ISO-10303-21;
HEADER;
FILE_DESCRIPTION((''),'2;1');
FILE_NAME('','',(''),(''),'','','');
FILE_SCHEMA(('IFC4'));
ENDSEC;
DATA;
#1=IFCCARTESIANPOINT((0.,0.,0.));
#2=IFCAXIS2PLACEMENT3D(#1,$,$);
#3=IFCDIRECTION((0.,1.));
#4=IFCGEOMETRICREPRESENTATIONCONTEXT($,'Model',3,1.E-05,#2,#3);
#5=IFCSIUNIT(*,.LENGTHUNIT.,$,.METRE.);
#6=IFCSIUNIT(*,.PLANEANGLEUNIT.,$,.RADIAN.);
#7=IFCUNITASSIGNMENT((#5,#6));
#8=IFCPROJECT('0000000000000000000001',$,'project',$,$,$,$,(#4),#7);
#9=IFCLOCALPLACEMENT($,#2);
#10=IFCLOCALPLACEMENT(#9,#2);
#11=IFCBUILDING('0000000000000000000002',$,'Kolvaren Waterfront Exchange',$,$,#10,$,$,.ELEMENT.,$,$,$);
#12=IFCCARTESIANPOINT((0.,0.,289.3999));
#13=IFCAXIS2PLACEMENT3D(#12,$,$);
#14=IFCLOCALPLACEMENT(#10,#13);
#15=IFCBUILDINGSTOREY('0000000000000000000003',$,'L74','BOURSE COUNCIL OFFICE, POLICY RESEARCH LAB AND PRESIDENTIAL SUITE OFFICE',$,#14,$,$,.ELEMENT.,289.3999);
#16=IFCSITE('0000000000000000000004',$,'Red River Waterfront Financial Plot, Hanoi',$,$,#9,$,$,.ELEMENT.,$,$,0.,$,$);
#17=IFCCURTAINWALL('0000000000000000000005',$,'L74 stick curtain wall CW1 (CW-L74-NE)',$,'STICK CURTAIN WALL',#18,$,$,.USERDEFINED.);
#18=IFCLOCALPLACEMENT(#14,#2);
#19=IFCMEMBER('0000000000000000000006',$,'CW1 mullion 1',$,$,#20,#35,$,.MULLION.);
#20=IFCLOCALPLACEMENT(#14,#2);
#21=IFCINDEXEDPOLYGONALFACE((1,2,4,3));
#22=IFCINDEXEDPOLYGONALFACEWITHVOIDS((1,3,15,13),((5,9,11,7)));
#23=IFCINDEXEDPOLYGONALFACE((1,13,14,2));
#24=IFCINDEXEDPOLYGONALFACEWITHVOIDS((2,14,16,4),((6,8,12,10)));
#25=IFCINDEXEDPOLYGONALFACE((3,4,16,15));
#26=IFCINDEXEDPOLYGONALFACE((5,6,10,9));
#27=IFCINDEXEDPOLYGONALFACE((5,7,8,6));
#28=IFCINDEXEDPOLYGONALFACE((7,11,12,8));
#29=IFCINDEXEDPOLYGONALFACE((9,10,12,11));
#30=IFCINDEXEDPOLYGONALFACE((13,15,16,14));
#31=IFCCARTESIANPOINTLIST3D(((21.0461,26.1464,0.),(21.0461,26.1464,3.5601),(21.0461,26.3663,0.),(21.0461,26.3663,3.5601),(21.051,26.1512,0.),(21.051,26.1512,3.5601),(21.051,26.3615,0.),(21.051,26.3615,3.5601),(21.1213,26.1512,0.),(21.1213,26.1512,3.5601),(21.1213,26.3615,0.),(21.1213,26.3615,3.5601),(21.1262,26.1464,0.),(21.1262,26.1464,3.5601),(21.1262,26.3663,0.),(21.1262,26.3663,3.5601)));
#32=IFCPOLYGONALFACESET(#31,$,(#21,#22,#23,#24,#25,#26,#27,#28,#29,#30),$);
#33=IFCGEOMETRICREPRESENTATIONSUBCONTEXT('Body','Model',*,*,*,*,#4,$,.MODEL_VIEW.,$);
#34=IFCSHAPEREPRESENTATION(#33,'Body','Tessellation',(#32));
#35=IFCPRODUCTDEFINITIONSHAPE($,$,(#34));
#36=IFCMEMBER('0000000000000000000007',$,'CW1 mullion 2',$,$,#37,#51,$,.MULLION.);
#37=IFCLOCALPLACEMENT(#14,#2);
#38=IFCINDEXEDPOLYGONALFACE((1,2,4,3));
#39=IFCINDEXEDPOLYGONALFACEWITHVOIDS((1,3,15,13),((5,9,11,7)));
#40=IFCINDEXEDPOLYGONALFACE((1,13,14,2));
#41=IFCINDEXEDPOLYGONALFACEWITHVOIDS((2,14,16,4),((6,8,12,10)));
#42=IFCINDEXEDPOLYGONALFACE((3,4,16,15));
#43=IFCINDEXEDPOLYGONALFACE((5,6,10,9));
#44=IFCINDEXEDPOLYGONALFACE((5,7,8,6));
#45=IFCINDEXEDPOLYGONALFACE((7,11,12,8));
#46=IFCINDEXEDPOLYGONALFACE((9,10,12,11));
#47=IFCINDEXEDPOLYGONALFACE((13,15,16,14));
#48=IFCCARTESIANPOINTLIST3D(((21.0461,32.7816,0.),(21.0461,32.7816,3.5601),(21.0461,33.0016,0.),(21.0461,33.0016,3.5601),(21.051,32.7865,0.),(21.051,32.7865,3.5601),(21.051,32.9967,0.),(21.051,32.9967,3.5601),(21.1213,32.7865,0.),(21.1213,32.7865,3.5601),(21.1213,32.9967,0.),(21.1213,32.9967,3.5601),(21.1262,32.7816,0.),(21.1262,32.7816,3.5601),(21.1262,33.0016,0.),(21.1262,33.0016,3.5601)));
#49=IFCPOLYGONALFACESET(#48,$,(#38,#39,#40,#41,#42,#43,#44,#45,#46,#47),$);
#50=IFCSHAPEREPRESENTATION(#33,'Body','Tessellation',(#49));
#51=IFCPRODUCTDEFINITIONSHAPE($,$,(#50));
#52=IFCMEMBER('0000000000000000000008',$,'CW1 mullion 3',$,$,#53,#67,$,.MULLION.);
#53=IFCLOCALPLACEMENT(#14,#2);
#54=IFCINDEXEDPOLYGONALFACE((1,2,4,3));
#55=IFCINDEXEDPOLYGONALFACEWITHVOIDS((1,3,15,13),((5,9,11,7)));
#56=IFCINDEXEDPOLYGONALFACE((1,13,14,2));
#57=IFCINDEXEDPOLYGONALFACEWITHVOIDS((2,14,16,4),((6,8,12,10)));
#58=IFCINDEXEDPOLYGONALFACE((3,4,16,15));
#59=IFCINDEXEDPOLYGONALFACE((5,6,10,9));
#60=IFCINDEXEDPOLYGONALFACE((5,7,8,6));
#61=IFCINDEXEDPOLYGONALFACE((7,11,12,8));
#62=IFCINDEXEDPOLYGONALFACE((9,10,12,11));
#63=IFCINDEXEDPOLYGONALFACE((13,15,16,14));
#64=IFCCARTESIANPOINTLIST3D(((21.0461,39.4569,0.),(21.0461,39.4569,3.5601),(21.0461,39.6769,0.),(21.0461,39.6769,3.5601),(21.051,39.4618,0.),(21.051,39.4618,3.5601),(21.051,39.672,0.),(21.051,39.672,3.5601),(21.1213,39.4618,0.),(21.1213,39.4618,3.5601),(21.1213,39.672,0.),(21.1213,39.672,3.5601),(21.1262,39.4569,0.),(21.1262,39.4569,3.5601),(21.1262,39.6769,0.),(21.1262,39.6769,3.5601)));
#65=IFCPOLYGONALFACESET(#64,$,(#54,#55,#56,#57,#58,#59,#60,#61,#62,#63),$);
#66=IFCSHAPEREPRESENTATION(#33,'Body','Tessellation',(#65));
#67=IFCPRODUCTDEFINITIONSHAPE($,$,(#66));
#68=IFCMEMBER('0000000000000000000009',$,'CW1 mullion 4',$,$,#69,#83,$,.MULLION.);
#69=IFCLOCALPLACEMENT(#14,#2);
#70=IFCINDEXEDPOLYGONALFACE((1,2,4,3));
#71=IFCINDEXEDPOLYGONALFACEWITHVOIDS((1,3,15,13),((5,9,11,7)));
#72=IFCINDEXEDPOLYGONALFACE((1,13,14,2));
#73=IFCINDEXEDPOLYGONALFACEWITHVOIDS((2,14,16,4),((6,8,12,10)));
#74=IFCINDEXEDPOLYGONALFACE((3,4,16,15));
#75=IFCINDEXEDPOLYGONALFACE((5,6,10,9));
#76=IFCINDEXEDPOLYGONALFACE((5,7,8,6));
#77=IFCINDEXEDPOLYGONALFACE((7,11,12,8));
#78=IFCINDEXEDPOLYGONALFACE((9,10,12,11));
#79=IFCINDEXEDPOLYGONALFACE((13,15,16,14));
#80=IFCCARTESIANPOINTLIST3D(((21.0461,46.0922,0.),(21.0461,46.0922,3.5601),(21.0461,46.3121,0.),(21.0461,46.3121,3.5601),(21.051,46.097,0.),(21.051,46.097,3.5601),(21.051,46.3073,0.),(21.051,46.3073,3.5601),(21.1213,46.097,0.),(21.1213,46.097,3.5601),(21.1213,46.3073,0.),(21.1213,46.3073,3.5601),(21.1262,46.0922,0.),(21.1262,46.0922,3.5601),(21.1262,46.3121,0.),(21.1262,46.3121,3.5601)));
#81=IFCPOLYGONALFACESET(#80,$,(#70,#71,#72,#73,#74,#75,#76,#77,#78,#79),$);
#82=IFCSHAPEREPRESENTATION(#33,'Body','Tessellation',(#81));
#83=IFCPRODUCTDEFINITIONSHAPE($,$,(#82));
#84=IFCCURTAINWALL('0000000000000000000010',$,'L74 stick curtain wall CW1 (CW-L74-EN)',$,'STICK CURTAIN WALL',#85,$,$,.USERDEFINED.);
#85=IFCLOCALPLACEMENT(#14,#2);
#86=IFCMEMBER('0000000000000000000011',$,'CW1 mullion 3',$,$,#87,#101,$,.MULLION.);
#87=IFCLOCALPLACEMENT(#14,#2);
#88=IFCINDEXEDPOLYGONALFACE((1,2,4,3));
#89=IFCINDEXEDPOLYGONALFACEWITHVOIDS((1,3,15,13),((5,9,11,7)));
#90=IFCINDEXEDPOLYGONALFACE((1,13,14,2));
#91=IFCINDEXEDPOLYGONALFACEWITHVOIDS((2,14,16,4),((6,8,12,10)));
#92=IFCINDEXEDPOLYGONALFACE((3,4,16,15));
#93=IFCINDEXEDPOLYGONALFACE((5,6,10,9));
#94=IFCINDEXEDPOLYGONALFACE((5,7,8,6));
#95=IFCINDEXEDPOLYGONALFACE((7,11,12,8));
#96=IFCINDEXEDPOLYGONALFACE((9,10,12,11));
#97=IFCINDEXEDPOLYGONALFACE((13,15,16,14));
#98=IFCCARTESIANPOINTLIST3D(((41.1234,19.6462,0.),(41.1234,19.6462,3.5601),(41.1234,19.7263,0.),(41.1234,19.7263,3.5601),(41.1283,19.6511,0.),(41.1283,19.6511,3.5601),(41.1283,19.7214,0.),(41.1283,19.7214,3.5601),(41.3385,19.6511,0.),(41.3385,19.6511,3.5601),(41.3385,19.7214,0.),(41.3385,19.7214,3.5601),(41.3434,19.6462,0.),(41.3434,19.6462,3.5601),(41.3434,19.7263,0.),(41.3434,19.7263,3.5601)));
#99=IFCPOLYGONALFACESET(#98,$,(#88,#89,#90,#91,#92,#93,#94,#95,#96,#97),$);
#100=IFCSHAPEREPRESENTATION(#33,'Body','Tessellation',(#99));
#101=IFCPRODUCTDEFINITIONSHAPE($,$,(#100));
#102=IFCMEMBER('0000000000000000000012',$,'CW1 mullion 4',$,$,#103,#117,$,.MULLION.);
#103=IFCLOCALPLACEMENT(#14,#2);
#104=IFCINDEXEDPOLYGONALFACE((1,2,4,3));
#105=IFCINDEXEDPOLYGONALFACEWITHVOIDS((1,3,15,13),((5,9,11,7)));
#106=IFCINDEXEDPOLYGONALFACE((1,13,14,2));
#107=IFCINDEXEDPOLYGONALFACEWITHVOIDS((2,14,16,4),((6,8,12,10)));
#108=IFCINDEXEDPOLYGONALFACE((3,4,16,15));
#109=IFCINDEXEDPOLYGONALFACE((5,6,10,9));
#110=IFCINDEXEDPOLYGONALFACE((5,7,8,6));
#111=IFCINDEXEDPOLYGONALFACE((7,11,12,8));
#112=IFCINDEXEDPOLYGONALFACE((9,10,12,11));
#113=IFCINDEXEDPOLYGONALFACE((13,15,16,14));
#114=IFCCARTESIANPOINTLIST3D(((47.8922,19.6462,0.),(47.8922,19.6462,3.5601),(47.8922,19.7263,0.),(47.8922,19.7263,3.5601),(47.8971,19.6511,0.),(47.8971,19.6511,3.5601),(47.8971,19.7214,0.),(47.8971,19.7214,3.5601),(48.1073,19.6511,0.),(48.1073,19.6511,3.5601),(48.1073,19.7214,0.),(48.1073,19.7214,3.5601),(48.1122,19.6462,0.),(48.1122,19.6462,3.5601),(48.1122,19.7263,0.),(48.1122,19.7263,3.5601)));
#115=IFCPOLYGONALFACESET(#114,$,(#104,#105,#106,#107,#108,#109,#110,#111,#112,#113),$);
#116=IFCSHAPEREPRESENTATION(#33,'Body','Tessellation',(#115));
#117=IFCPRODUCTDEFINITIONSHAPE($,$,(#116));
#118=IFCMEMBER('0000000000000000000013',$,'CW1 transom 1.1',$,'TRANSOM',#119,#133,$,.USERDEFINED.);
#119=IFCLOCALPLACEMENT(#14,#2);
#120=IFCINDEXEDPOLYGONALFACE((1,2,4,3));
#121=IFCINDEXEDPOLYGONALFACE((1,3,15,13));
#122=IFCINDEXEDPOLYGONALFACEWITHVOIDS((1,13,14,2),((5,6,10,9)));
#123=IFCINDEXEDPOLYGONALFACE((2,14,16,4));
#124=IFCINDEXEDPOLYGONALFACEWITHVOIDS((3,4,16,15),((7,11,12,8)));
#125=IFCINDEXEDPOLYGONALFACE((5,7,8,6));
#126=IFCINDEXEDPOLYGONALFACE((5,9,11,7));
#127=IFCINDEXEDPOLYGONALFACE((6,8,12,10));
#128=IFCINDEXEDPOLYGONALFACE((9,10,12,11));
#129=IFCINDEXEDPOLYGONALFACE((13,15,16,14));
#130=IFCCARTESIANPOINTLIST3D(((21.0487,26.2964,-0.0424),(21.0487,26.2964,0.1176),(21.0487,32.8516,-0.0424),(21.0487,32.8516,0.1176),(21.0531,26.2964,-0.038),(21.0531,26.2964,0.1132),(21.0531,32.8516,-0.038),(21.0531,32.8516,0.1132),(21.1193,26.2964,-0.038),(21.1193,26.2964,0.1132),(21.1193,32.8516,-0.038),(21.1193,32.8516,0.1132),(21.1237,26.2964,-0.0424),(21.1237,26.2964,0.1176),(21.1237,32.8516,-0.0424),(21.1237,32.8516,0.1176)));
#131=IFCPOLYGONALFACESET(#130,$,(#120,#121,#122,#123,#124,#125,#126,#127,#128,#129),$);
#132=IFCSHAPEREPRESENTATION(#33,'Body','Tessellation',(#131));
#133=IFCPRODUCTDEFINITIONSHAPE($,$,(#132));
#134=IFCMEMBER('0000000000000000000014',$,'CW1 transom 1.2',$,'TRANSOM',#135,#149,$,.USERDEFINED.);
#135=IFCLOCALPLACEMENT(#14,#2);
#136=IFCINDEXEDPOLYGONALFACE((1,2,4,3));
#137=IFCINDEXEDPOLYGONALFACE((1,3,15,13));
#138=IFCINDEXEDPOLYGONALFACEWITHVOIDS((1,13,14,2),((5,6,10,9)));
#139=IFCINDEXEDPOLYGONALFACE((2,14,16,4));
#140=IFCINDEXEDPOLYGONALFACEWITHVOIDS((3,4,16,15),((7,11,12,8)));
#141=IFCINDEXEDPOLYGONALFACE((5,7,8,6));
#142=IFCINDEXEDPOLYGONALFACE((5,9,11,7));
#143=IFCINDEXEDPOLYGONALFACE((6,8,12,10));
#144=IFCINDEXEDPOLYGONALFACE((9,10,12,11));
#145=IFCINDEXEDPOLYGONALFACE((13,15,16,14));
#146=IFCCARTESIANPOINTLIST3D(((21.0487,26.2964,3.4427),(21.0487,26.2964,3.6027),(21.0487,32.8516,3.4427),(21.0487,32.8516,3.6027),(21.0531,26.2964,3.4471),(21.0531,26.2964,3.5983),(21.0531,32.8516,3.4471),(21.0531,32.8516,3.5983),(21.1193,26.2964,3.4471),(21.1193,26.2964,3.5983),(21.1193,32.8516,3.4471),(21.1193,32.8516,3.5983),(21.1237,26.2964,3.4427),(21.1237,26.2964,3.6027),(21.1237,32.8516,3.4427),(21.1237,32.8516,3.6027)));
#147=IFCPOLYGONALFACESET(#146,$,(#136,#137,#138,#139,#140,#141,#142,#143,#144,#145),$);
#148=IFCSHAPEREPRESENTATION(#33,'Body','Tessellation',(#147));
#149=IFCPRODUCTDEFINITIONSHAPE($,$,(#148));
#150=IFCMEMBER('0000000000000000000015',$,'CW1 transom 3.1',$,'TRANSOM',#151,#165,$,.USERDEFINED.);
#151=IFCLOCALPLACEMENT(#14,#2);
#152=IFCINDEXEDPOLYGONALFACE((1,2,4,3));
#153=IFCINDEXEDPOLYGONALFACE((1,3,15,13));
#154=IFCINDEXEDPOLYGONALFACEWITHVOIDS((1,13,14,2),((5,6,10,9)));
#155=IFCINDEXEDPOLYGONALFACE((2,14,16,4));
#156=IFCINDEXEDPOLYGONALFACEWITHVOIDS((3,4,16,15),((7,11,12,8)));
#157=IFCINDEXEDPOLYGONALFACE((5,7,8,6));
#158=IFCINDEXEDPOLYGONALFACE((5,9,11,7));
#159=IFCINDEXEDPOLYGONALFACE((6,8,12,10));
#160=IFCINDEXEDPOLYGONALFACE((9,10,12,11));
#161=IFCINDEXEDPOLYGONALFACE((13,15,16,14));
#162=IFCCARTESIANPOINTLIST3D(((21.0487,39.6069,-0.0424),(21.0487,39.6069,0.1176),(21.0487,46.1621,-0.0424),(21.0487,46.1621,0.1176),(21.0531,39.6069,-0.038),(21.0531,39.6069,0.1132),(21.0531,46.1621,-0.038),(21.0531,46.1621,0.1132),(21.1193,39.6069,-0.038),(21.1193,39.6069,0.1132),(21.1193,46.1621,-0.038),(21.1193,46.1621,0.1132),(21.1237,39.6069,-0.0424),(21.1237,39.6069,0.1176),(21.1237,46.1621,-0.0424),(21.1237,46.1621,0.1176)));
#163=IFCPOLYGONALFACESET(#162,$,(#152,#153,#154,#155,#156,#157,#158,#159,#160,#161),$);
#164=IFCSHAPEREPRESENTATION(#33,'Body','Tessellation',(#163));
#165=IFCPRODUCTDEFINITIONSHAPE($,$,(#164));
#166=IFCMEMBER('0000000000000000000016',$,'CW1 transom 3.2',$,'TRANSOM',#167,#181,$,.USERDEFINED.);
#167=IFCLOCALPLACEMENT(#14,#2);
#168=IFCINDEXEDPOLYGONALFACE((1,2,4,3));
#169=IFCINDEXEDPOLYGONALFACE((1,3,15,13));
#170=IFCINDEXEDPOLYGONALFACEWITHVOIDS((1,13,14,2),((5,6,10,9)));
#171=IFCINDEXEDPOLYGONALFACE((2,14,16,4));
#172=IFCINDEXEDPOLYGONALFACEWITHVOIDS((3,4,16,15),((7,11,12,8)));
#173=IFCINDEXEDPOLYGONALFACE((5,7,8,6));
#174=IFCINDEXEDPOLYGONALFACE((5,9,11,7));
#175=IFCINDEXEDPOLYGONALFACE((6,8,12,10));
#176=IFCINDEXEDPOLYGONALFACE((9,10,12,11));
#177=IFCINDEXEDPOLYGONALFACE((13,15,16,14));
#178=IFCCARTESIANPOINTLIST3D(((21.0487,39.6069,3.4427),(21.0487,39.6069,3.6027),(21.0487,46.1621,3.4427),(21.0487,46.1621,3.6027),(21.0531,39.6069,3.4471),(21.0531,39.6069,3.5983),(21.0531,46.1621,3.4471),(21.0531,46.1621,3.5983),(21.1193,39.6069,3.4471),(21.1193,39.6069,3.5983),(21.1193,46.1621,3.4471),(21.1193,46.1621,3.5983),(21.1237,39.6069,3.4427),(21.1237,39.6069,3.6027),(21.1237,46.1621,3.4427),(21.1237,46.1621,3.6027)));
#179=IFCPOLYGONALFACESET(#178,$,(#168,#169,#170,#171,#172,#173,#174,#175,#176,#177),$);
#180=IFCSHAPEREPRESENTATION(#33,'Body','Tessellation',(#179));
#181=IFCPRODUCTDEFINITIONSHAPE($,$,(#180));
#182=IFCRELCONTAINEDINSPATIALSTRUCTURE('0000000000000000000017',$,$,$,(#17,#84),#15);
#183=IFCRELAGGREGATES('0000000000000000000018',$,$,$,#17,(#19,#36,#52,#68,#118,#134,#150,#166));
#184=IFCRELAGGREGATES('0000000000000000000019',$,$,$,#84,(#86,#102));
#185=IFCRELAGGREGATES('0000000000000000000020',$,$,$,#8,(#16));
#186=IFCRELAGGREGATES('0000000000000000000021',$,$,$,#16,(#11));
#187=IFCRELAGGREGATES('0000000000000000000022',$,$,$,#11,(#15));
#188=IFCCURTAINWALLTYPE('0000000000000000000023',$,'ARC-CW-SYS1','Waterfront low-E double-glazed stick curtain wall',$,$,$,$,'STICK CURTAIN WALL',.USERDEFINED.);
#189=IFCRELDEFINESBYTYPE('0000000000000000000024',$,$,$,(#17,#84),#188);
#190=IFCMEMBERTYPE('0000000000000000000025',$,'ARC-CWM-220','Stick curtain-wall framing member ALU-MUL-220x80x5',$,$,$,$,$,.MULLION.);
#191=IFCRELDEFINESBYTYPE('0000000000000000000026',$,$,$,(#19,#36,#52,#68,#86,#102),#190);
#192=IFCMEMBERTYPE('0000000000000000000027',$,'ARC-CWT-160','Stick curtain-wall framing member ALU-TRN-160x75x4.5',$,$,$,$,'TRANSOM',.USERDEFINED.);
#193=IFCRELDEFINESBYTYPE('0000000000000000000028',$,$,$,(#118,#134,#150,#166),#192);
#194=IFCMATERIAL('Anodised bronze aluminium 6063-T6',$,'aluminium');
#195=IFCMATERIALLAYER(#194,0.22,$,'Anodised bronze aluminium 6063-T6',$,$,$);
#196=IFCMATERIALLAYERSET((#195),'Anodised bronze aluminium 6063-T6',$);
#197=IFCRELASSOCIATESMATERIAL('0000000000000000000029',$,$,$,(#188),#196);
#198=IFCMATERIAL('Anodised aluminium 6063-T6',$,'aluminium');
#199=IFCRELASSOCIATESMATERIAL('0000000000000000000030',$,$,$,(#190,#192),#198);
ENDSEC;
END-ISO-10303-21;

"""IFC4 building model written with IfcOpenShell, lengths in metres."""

from ifc_helpers import new_model, si_unit, direction, frame, origin, origin_with_axes, origin_2d, place, context, subcontext, project, spatial, hollow_rectangle, extrude, source, transform, mapped, material, layer, layer_set, material_profile, profile_set, type_object, element, aggregate, save


model = new_model("IFC4")

# Units and contexts
model_context = context("Model", 3, precision=1e-05, world=origin(), true_north=direction((0.0, 1.0)))
body_context = subcontext(model_context, "Body", "Model", "MODEL_VIEW")
ifc_project = project(units=[si_unit("LENGTHUNIT", "METRE"), si_unit("PLANEANGLEUNIT", "RADIAN")], contexts=[model_context])

# Site, building, storey
site_placement = place(None, origin())
site = spatial("IfcSite", under=ifc_project, at=site_placement, Name="Red River Waterfront Financial Plot, Hanoi", CompositionType="ELEMENT", RefElevation=0.0)
building_placement = place(site_placement, origin())
building = spatial("IfcBuilding", under=site, at=building_placement, Name="Kolvaren Waterfront Exchange", CompositionType="ELEMENT")
storey_placement = place(building_placement, frame((0.0, 0.0, 289.3999)))
storey = spatial("IfcBuildingStorey", under=building, at=storey_placement, Name="L74", Description="BOURSE COUNCIL OFFICE, POLICY RESEARCH LAB AND PRESIDENTIAL SUITE OFFICE", CompositionType="ELEMENT", Elevation=289.3999)

# Curtain walls, members
ifc_material_1 = material(Name="Anodised bronze aluminium 6063-T6", Category="aluminium")
ifc_layer_1 = layer(ifc_material_1, 0.22, Name="Anodised bronze aluminium 6063-T6")
ifc_layer_set_1 = layer_set([ifc_layer_1], Name="Anodised bronze aluminium 6063-T6")
curtain_wall_type = type_object("IfcCurtainWallType", Name="ARC-CW-SYS1", Description="Waterfront low-E double-glazed stick curtain wall", ElementType="STICK CURTAIN WALL", PredefinedType="USERDEFINED", material=ifc_layer_set_1)
curtain_wall_1_placement = place(storey_placement, origin())
curtain_wall_1 = element("IfcCurtainWall", 1, at=curtain_wall_1_placement, inside=storey, type_object=curtain_wall_type, Name="L74 stick curtain wall CW1 (CW-L74-NE)", ObjectType="STICK CURTAIN WALL", PredefinedType="USERDEFINED")
ifc_material_2 = material(Name="Anodised aluminium 6063-T6", Category="aluminium")
ifc_material_profile_1 = material_profile(ifc_material_2, hollow_rectangle(XDim=0.0801, YDim=0.22, WallThickness=0.0049, at=origin_2d()), Name="ALU-MUL-220x80x5")
ifc_profile_set_1 = profile_set([ifc_material_profile_1], Name="Anodised aluminium 6063-T6")
member_type_1 = type_object("IfcMemberType", Name="ARC-CWM-220", Description="Stick curtain-wall framing member ALU-MUL-220x80x5", PredefinedType="MULLION", material=ifc_profile_set_1)
shared_shape_1 = source(origin_with_axes(), body_context, "Body", "SweptSolid", [
    extrude(hollow_rectangle(XDim=0.0801, YDim=0.22, WallThickness=0.0049, at=origin_2d()), origin(), (0.0, 0.0, 1.0), 3.5601),
])
member_1_placement = place(storey_placement, frame((21.0862, 26.2563, 0.0), z_axis=(0.0, 0.0, 1.0), x_axis=(-1.0, 0.0, 0.0)))
member_1 = element("IfcMember", 2, at=member_1_placement, type_object=member_type_1, Name="CW1 mullion 1", PredefinedType="MULLION", context=body_context, shape_type="MappedRepresentation", body=[
    mapped(shared_shape_1, transform((0.0, 0.0, 0.0), x_axis=(1.0, 0.0, 0.0), y_axis=(0.0, 1.0, 0.0), z_axis=(0.0, 0.0, 1.0), scale=1.0)),
])
member_2_placement = place(storey_placement, frame((21.0862, 32.8916, 0.0), z_axis=(0.0, 0.0, 1.0), x_axis=(-1.0, 0.0, 0.0)))
member_2 = element("IfcMember", 3, at=member_2_placement, type_object=member_type_1, Name="CW1 mullion 2", PredefinedType="MULLION", context=body_context, shape_type="MappedRepresentation", body=[
    mapped(shared_shape_1, transform((0.0, 0.0, 0.0), x_axis=(1.0, 0.0, 0.0), y_axis=(0.0, 1.0, 0.0), z_axis=(0.0, 0.0, 1.0), scale=1.0)),
])
member_3_placement = place(storey_placement, frame((21.0862, 39.5669, 0.0), z_axis=(0.0, 0.0, 1.0), x_axis=(-1.0, 0.0, 0.0)))
member_3 = element("IfcMember", 4, at=member_3_placement, type_object=member_type_1, Name="CW1 mullion 3", PredefinedType="MULLION", context=body_context, shape_type="MappedRepresentation", body=[
    mapped(shared_shape_1, transform((0.0, 0.0, 0.0), x_axis=(1.0, 0.0, 0.0), y_axis=(0.0, 1.0, 0.0), z_axis=(0.0, 0.0, 1.0), scale=1.0)),
])
member_4_placement = place(storey_placement, frame((21.0862, 46.2021, 0.0), z_axis=(0.0, 0.0, 1.0), x_axis=(-1.0, 0.0, 0.0)))
member_4 = element("IfcMember", 5, at=member_4_placement, type_object=member_type_1, Name="CW1 mullion 4", PredefinedType="MULLION", context=body_context, shape_type="MappedRepresentation", body=[
    mapped(shared_shape_1, transform((0.0, 0.0, 0.0), x_axis=(1.0, 0.0, 0.0), y_axis=(0.0, 1.0, 0.0), z_axis=(0.0, 0.0, 1.0), scale=1.0)),
])
curtain_wall_2_placement = place(storey_placement, origin())
curtain_wall_2 = element("IfcCurtainWall", 6, at=curtain_wall_2_placement, inside=storey, type_object=curtain_wall_type, Name="L74 stick curtain wall CW1 (CW-L74-EN)", ObjectType="STICK CURTAIN WALL", PredefinedType="USERDEFINED")
member_5_placement = place(storey_placement, frame((41.2334, 19.6863, 0.0), z_axis=(0.0, 0.0, 1.0), x_axis=(0.0, 1.0, 0.0)))
member_5 = element("IfcMember", 7, at=member_5_placement, type_object=member_type_1, Name="CW1 mullion 3", PredefinedType="MULLION", context=body_context, shape_type="MappedRepresentation", body=[
    mapped(shared_shape_1, transform((0.0, 0.0, 0.0), x_axis=(1.0, 0.0, 0.0), y_axis=(0.0, 1.0, 0.0), z_axis=(0.0, 0.0, 1.0), scale=1.0)),
])
member_6_placement = place(storey_placement, frame((48.0022, 19.6863, 0.0), z_axis=(0.0, 0.0, 1.0), x_axis=(0.0, 1.0, 0.0)))
member_6 = element("IfcMember", 8, at=member_6_placement, type_object=member_type_1, Name="CW1 mullion 4", PredefinedType="MULLION", context=body_context, shape_type="MappedRepresentation", body=[
    mapped(shared_shape_1, transform((0.0, 0.0, 0.0), x_axis=(1.0, 0.0, 0.0), y_axis=(0.0, 1.0, 0.0), z_axis=(0.0, 0.0, 1.0), scale=1.0)),
])

# Members
ifc_material_profile_2 = material_profile(ifc_material_2, hollow_rectangle(XDim=0.075, YDim=0.1599, WallThickness=0.0044, at=origin_2d()), Name="ALU-TRN-160x75x4.5")
ifc_profile_set_2 = profile_set([ifc_material_profile_2], Name="Anodised aluminium 6063-T6")
member_type_2 = type_object("IfcMemberType", Name="ARC-CWT-160", Description="Stick curtain-wall framing member ALU-TRN-160x75x4.5", ElementType="TRANSOM", PredefinedType="USERDEFINED", material=ifc_profile_set_2)
shared_shape_2 = source(origin_with_axes(), body_context, "Body", "SweptSolid", [
    extrude(hollow_rectangle(XDim=0.075, YDim=0.1599, WallThickness=0.0044, at=origin_2d()), origin(), (0.0, 0.0, 1.0), 6.5552),
])
member_7_placement = place(storey_placement, frame((21.0862, 26.2964, 0.0376), z_axis=(0.0, 1.0, 0.0), x_axis=(-1.0, 0.0, 0.0)))
member_7 = element("IfcMember", 9, at=member_7_placement, type_object=member_type_2, Name="CW1 transom 1.1", ObjectType="TRANSOM", PredefinedType="USERDEFINED", context=body_context, shape_type="MappedRepresentation", body=[
    mapped(shared_shape_2, transform((0.0, 0.0, 0.0), x_axis=(1.0, 0.0, 0.0), y_axis=(0.0, 1.0, 0.0), z_axis=(0.0, 0.0, 1.0), scale=1.0)),
])
member_8_placement = place(storey_placement, frame((21.0862, 26.2964, 3.5227), z_axis=(0.0, 1.0, 0.0), x_axis=(-1.0, 0.0, 0.0)))
member_8 = element("IfcMember", 10, at=member_8_placement, type_object=member_type_2, Name="CW1 transom 1.2", ObjectType="TRANSOM", PredefinedType="USERDEFINED", context=body_context, shape_type="MappedRepresentation", body=[
    mapped(shared_shape_2, transform((0.0, 0.0, 0.0), x_axis=(1.0, 0.0, 0.0), y_axis=(0.0, 1.0, 0.0), z_axis=(0.0, 0.0, 1.0), scale=1.0)),
])
member_9_placement = place(storey_placement, frame((21.0862, 39.6069, 0.0376), z_axis=(0.0, 1.0, 0.0), x_axis=(-1.0, 0.0, 0.0)))
member_9 = element("IfcMember", 11, at=member_9_placement, type_object=member_type_2, Name="CW1 transom 3.1", ObjectType="TRANSOM", PredefinedType="USERDEFINED", context=body_context, shape_type="MappedRepresentation", body=[
    mapped(shared_shape_2, transform((0.0, 0.0, 0.0), x_axis=(1.0, 0.0, 0.0), y_axis=(0.0, 1.0, 0.0), z_axis=(0.0, 0.0, 1.0), scale=1.0)),
])
member_10_placement = place(storey_placement, frame((21.0862, 39.6069, 3.5227), z_axis=(0.0, 1.0, 0.0), x_axis=(-1.0, 0.0, 0.0)))
member_10 = element("IfcMember", 12, at=member_10_placement, type_object=member_type_2, Name="CW1 transom 3.2", ObjectType="TRANSOM", PredefinedType="USERDEFINED", context=body_context, shape_type="MappedRepresentation", body=[
    mapped(shared_shape_2, transform((0.0, 0.0, 0.0), x_axis=(1.0, 0.0, 0.0), y_axis=(0.0, 1.0, 0.0), z_axis=(0.0, 0.0, 1.0), scale=1.0)),
])

aggregate(curtain_wall_1, [member_1, member_2, member_3, member_4, member_7, member_8, member_9, member_10])
aggregate(curtain_wall_2, [member_5, member_6])

save(model, "model.ifc")
